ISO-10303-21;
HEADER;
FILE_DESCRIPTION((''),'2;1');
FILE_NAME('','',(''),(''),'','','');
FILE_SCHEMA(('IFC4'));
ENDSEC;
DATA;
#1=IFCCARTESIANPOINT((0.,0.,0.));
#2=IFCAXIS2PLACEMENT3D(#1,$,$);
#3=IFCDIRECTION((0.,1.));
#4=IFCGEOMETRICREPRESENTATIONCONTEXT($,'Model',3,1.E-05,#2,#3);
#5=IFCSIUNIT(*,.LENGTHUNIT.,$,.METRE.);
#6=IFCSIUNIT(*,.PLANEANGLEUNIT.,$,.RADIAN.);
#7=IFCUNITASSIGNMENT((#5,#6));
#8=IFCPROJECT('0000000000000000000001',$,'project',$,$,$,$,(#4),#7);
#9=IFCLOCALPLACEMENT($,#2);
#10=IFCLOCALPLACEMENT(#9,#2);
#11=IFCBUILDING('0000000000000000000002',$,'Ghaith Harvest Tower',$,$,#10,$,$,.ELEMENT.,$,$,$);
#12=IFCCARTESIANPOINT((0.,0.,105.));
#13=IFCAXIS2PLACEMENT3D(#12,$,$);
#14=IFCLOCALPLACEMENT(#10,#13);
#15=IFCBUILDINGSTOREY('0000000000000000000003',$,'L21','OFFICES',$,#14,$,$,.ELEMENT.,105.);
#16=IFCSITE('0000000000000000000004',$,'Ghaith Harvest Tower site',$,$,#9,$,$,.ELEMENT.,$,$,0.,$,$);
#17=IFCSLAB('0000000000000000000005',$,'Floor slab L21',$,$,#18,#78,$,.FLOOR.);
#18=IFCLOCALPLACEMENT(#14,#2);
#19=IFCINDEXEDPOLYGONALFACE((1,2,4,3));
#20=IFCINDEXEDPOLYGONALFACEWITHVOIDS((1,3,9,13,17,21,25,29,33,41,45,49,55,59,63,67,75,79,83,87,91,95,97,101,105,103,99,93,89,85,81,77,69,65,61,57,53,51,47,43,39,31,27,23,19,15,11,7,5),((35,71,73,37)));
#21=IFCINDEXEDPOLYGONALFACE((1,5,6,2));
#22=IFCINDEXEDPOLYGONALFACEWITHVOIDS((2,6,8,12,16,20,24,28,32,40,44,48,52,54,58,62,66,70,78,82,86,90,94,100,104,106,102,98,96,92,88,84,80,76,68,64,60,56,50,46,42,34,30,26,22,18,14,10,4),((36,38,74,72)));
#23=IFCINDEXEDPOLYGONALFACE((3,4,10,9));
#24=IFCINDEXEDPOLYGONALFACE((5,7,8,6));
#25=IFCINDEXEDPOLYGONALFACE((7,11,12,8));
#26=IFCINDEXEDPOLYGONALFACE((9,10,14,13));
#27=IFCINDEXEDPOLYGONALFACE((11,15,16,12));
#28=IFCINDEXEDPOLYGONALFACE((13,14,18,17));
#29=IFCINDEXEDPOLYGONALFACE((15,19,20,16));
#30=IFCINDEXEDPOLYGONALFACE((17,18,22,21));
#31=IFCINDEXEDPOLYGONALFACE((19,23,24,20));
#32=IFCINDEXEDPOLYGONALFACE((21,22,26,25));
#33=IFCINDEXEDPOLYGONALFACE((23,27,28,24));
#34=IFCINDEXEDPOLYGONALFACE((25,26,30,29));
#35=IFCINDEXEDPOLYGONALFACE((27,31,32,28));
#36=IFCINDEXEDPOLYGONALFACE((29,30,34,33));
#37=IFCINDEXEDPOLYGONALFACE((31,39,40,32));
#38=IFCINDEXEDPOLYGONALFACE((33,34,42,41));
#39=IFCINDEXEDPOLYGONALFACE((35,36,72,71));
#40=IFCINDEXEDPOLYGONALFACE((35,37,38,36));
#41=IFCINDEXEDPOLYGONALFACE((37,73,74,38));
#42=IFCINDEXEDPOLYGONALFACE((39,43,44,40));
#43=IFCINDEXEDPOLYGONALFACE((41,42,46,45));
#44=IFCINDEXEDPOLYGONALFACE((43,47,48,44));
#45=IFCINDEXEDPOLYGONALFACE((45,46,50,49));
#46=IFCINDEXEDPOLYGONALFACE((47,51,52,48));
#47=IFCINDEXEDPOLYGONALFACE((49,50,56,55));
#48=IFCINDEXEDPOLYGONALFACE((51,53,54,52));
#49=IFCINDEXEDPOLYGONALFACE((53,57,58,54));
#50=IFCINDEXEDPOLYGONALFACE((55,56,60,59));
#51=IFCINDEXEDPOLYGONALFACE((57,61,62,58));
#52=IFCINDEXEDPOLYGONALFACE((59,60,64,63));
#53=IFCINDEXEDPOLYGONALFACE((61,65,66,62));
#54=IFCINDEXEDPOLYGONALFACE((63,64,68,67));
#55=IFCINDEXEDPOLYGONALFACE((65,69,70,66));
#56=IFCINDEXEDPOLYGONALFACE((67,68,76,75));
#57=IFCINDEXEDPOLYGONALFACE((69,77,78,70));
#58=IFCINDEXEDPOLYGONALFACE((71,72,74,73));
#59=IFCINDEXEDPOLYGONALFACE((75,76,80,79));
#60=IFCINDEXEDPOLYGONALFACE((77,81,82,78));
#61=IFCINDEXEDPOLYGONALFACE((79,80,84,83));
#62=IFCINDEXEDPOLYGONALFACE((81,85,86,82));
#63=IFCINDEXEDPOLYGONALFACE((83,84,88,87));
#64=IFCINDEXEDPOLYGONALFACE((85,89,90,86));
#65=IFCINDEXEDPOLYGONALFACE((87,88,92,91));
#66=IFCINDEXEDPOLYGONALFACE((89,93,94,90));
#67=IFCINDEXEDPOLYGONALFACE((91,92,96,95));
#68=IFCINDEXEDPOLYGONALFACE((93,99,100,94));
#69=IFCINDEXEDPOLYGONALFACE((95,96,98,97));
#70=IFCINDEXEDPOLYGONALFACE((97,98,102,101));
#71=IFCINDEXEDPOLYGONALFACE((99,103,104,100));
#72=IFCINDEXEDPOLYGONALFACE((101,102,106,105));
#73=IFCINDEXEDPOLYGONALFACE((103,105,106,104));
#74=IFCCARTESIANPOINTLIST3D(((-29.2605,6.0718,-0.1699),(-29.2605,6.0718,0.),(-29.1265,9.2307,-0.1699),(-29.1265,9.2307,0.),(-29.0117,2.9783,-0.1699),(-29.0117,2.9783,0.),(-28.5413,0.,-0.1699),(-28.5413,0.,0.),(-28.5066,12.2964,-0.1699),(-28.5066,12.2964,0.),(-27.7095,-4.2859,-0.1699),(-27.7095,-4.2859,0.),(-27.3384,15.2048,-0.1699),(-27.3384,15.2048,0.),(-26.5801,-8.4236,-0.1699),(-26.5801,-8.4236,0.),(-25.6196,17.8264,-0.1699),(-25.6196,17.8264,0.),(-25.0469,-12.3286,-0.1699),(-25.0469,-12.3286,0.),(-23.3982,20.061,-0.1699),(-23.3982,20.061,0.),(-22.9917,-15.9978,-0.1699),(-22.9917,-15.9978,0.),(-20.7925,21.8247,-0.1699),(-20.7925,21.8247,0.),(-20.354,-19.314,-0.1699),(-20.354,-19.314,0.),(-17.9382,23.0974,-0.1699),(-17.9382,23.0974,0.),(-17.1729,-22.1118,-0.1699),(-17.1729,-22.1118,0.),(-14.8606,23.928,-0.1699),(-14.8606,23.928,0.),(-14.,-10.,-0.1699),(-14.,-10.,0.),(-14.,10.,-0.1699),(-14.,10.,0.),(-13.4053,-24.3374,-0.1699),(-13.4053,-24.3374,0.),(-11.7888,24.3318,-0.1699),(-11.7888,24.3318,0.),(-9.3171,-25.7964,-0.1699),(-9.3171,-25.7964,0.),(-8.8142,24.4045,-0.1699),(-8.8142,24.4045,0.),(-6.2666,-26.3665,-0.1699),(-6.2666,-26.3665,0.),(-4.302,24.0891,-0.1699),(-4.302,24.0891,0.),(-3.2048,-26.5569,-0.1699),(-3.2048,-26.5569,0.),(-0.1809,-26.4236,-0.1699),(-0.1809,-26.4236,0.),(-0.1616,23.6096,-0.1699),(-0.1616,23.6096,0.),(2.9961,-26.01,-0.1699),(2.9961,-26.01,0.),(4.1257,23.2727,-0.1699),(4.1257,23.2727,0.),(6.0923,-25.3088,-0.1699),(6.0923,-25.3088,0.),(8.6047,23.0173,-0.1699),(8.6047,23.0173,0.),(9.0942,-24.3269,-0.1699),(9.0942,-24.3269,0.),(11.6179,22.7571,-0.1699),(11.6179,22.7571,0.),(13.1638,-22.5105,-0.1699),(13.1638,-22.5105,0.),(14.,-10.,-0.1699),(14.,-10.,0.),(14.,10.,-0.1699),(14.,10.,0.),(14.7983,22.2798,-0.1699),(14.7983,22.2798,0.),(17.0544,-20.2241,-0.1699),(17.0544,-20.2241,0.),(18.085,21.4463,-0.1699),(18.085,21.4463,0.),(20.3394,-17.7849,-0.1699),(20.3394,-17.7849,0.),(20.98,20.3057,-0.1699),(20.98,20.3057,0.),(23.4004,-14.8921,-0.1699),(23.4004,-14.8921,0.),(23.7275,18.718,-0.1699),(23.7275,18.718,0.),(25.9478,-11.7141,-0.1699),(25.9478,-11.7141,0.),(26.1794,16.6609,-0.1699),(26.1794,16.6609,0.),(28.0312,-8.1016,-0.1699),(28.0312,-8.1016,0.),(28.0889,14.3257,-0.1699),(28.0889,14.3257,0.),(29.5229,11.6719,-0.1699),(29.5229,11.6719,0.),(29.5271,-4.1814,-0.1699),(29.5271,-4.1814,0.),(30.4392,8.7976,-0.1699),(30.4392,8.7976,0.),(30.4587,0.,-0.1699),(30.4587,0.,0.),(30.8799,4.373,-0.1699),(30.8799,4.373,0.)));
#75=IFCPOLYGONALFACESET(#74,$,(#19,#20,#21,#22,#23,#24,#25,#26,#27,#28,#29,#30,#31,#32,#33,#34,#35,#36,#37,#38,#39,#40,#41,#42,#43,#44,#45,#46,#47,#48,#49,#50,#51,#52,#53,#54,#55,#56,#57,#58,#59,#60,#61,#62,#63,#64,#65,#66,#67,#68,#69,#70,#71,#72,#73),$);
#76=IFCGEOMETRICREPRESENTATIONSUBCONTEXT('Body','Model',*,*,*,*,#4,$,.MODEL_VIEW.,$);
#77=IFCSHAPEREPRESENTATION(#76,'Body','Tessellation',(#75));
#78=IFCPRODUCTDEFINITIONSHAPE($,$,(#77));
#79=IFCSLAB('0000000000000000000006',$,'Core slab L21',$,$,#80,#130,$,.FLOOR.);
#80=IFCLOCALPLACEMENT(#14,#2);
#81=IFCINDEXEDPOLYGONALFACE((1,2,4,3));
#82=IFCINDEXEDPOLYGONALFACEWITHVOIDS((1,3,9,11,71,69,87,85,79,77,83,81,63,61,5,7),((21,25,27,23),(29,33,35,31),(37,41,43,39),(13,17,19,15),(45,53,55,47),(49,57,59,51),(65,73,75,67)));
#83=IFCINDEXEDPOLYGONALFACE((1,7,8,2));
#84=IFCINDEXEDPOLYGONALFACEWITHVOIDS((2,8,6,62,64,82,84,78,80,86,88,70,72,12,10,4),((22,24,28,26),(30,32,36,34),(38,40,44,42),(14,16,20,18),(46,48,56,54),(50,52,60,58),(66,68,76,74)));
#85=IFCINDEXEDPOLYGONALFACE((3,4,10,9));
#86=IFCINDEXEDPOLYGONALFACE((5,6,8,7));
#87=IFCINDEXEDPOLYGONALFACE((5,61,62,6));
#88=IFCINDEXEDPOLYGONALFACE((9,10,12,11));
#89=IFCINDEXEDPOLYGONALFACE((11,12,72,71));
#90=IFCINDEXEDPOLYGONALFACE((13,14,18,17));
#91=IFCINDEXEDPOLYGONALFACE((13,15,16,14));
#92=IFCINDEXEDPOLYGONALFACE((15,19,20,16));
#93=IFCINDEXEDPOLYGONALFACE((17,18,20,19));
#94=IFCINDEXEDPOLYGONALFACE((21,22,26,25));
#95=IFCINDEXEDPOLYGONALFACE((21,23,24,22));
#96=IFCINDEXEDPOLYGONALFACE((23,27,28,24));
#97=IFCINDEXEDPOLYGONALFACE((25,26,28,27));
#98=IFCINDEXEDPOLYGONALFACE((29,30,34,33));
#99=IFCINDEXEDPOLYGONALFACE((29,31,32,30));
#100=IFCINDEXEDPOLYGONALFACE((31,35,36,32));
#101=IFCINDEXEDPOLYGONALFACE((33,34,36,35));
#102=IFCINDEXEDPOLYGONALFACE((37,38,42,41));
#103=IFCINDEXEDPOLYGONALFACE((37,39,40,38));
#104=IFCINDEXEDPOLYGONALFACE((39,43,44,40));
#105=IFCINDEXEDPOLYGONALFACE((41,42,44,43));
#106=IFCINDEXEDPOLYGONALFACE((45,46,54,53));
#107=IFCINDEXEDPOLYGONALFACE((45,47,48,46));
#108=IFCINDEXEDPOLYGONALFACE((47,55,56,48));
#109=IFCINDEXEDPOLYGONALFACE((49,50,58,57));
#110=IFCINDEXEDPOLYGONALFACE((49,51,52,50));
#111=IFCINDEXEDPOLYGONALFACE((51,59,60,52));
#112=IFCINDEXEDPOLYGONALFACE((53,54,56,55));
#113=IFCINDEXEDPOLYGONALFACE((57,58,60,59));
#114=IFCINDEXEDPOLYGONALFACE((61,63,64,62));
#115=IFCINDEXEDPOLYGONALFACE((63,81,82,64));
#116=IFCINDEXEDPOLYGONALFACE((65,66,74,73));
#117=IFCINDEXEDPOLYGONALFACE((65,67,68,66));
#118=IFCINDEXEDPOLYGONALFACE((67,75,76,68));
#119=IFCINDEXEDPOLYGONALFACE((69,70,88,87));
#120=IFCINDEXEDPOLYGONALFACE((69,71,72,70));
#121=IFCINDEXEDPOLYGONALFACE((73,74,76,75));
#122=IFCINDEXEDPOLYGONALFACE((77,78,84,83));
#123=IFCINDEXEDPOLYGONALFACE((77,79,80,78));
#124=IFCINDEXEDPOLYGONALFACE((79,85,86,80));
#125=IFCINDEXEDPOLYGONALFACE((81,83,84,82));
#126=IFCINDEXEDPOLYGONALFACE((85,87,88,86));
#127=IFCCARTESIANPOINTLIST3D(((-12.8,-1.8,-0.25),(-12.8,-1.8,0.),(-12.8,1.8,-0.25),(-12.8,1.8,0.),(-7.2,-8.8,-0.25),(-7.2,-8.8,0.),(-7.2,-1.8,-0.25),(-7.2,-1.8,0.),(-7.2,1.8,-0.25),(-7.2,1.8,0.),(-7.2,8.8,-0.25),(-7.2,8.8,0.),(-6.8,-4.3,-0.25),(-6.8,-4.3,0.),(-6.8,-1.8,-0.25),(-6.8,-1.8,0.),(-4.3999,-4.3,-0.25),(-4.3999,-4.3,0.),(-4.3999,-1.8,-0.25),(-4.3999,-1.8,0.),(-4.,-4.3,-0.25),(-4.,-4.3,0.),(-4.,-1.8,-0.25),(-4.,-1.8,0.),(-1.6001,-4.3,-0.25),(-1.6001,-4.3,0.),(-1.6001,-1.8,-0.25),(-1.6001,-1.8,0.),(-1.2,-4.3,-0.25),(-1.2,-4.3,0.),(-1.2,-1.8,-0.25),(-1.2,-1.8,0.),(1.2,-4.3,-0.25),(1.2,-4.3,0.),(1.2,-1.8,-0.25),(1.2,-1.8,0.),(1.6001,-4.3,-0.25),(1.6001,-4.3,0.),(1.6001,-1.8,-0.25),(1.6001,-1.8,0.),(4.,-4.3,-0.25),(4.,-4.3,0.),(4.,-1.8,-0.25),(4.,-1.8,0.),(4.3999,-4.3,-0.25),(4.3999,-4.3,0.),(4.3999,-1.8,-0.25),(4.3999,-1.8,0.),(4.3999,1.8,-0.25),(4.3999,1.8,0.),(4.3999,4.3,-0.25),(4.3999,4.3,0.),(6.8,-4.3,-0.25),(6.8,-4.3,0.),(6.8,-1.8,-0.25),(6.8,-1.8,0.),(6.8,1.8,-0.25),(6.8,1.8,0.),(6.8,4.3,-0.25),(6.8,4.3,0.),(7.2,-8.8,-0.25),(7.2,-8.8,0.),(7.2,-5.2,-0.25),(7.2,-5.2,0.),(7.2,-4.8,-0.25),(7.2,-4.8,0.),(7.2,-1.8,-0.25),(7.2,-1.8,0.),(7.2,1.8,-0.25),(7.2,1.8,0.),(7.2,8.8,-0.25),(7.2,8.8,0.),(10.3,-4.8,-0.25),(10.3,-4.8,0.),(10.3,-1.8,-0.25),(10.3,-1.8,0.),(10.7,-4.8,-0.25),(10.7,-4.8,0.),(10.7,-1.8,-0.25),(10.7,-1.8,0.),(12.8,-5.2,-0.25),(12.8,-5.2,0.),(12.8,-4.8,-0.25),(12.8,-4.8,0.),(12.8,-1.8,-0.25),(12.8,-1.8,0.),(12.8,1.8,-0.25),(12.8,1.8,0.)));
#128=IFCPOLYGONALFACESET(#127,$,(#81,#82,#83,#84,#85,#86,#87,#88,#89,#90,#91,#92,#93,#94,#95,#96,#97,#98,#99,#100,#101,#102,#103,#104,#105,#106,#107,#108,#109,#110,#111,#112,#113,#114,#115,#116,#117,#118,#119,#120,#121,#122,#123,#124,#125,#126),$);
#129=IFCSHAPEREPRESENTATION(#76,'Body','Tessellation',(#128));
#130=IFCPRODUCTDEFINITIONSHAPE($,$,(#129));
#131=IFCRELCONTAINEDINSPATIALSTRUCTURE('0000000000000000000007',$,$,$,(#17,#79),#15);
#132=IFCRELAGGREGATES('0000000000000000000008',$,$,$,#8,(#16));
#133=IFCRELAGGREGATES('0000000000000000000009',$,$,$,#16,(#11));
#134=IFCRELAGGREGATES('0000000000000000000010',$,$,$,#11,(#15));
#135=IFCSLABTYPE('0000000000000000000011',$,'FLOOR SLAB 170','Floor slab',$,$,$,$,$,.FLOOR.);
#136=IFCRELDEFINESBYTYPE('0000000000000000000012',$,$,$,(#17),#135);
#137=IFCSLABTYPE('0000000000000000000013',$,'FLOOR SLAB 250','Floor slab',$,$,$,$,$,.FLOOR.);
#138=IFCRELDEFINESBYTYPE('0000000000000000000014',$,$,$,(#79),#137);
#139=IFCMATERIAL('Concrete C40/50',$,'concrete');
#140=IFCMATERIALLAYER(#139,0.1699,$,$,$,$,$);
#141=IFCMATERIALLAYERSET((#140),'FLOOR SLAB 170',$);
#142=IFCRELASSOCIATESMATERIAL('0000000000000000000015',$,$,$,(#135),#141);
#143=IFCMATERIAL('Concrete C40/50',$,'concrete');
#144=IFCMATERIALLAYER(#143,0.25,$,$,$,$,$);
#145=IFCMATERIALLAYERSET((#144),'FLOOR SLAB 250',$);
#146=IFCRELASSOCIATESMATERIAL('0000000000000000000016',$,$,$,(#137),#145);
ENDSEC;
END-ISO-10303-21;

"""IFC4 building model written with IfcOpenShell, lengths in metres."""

from ifc_helpers import new_model, si_unit, direction, frame, origin, place, context, subcontext, project, spatial, polyline, outline, extrude, material, layer, layer_set, type_object, element, save


model = new_model("IFC4")

# Units and contexts
model_context = context("Model", 3, precision=1e-05, world=origin(), true_north=direction((0.0, 1.0)))
body_context = subcontext(model_context, "Body", "Model", "MODEL_VIEW")
ifc_project = project(units=[si_unit("LENGTHUNIT", "METRE"), si_unit("PLANEANGLEUNIT", "RADIAN")], contexts=[model_context])

# Site, building, storey
site_placement = place(None, origin())
site = spatial("IfcSite", under=ifc_project, at=site_placement, Name="Ghaith Harvest Tower site", CompositionType="ELEMENT", RefElevation=0.0)
building_placement = place(site_placement, origin())
building = spatial("IfcBuilding", under=site, at=building_placement, Name="Ghaith Harvest Tower", CompositionType="ELEMENT")
storey_placement = place(building_placement, frame((0.0, 0.0, 105.0)))
storey = spatial("IfcBuildingStorey", under=building, at=storey_placement, Name="L21", Description="OFFICES", CompositionType="ELEMENT", Elevation=105.0)

# Slabs
ifc_material_1 = material(Name="Concrete C40/50", Category="concrete")
ifc_layer_1 = layer(ifc_material_1, 0.1699)
ifc_layer_set_1 = layer_set([ifc_layer_1], Name="FLOOR SLAB 170")
slab_type_1 = type_object("IfcSlabType", Name="FLOOR SLAB 170", Description="Floor slab", PredefinedType="FLOOR", material=ifc_layer_set_1)
slab_1_placement = place(storey_placement, frame((0.0, 0.0, -0.1699)))
element("IfcSlab", 1, at=slab_1_placement, inside=storey, type_object=slab_type_1, Name="Floor slab L21", PredefinedType="FLOOR", context=body_context, shape_type="SweptSolid", body=[
    extrude(outline(polyline([(30.4587, 0.0), (30.8799, 4.373), (30.4392, 8.7976), (29.5229, 11.6719), (28.0889, 14.3257), (26.1794, 16.6609), (23.7275, 18.718), (20.98, 20.3057), (18.085, 21.4463), (14.7983, 22.2798), (11.6179, 22.7571), (8.6047, 23.0173), (4.1257, 23.2727), (-0.1616, 23.6096), (-4.302, 24.0891), (-8.8142, 24.4045), (-11.7888, 24.3318), (-14.8606, 23.928), (-17.9382, 23.0974), (-20.7925, 21.8247), (-23.3982, 20.061), (-25.6196, 17.8264), (-27.3384, 15.2048), (-28.5066, 12.2964), (-29.1265, 9.2307), (-29.2605, 6.0718), (-29.0117, 2.9783), (-28.5413, 0.0), (-27.7095, -4.2859), (-26.5801, -8.4236), (-25.0469, -12.3286), (-22.9917, -15.9978), (-20.354, -19.314), (-17.1729, -22.1118), (-13.4053, -24.3374), (-9.3171, -25.7964), (-6.2666, -26.3665), (-3.2048, -26.5569), (-0.1809, -26.4236), (2.9961, -26.01), (6.0923, -25.3088), (9.0942, -24.3269), (13.1638, -22.5105), (17.0544, -20.2241), (20.3394, -17.7849), (23.4004, -14.8921), (25.9478, -11.7141), (28.0312, -8.1016), (29.5271, -4.1814), (30.4587, 0.0)]), holes=[polyline([(-14.0, -10.0), (14.0, -10.0), (14.0, 10.0), (-14.0, 10.0), (-14.0, -10.0)])]), origin(), (0.0, 0.0, 1.0), 0.1699),
])
ifc_material_2 = material(Name="Concrete C40/50", Category="concrete")
ifc_layer_2 = layer(ifc_material_2, 0.25)
ifc_layer_set_2 = layer_set([ifc_layer_2], Name="FLOOR SLAB 250")
slab_type_2 = type_object("IfcSlabType", Name="FLOOR SLAB 250", Description="Floor slab", PredefinedType="FLOOR", material=ifc_layer_set_2)
slab_2_placement = place(storey_placement, frame((0.0, 0.0, -0.25)))
element("IfcSlab", 2, at=slab_2_placement, inside=storey, type_object=slab_type_2, Name="Core slab L21", PredefinedType="FLOOR", context=body_context, shape_type="SweptSolid", body=[
    extrude(outline(polyline([(-12.8, 1.8), (-7.2, 1.8), (-7.2, 8.8), (7.2, 8.8), (7.2, 1.8), (12.8, 1.8), (12.8, -1.8), (10.7, -1.8), (10.7, -4.8), (12.8, -4.8), (12.8, -5.2), (7.2, -5.2), (7.2, -8.8), (-7.2, -8.8), (-7.2, -1.8), (-12.8, -1.8), (-12.8, 1.8)]), holes=[polyline([(-4.3999, -4.3), (-4.3999, -1.8), (-6.8, -1.8), (-6.8, -4.3), (-4.3999, -4.3)]), polyline([(-1.6001, -4.3), (-1.6001, -1.8), (-4.0, -1.8), (-4.0, -4.3), (-1.6001, -4.3)]), polyline([(1.2, -1.8), (-1.2, -1.8), (-1.2, -4.3), (1.2, -4.3), (1.2, -1.8)]), polyline([(4.0, -4.3), (4.0, -1.8), (1.6001, -1.8), (1.6001, -4.3), (4.0, -4.3)]), polyline([(10.3, -4.8), (10.3, -1.8), (7.2, -1.8), (7.2, -4.8), (10.3, -4.8)]), polyline([(6.8, -1.8), (4.3999, -1.8), (4.3999, -4.3), (6.8, -4.3), (6.8, -1.8)]), polyline([(6.8, 1.8), (6.8, 4.3), (4.3999, 4.3), (4.3999, 1.8), (6.8, 1.8)])]), origin(), (0.0, 0.0, 1.0), 0.25),
])

save(model, "model.ifc")
